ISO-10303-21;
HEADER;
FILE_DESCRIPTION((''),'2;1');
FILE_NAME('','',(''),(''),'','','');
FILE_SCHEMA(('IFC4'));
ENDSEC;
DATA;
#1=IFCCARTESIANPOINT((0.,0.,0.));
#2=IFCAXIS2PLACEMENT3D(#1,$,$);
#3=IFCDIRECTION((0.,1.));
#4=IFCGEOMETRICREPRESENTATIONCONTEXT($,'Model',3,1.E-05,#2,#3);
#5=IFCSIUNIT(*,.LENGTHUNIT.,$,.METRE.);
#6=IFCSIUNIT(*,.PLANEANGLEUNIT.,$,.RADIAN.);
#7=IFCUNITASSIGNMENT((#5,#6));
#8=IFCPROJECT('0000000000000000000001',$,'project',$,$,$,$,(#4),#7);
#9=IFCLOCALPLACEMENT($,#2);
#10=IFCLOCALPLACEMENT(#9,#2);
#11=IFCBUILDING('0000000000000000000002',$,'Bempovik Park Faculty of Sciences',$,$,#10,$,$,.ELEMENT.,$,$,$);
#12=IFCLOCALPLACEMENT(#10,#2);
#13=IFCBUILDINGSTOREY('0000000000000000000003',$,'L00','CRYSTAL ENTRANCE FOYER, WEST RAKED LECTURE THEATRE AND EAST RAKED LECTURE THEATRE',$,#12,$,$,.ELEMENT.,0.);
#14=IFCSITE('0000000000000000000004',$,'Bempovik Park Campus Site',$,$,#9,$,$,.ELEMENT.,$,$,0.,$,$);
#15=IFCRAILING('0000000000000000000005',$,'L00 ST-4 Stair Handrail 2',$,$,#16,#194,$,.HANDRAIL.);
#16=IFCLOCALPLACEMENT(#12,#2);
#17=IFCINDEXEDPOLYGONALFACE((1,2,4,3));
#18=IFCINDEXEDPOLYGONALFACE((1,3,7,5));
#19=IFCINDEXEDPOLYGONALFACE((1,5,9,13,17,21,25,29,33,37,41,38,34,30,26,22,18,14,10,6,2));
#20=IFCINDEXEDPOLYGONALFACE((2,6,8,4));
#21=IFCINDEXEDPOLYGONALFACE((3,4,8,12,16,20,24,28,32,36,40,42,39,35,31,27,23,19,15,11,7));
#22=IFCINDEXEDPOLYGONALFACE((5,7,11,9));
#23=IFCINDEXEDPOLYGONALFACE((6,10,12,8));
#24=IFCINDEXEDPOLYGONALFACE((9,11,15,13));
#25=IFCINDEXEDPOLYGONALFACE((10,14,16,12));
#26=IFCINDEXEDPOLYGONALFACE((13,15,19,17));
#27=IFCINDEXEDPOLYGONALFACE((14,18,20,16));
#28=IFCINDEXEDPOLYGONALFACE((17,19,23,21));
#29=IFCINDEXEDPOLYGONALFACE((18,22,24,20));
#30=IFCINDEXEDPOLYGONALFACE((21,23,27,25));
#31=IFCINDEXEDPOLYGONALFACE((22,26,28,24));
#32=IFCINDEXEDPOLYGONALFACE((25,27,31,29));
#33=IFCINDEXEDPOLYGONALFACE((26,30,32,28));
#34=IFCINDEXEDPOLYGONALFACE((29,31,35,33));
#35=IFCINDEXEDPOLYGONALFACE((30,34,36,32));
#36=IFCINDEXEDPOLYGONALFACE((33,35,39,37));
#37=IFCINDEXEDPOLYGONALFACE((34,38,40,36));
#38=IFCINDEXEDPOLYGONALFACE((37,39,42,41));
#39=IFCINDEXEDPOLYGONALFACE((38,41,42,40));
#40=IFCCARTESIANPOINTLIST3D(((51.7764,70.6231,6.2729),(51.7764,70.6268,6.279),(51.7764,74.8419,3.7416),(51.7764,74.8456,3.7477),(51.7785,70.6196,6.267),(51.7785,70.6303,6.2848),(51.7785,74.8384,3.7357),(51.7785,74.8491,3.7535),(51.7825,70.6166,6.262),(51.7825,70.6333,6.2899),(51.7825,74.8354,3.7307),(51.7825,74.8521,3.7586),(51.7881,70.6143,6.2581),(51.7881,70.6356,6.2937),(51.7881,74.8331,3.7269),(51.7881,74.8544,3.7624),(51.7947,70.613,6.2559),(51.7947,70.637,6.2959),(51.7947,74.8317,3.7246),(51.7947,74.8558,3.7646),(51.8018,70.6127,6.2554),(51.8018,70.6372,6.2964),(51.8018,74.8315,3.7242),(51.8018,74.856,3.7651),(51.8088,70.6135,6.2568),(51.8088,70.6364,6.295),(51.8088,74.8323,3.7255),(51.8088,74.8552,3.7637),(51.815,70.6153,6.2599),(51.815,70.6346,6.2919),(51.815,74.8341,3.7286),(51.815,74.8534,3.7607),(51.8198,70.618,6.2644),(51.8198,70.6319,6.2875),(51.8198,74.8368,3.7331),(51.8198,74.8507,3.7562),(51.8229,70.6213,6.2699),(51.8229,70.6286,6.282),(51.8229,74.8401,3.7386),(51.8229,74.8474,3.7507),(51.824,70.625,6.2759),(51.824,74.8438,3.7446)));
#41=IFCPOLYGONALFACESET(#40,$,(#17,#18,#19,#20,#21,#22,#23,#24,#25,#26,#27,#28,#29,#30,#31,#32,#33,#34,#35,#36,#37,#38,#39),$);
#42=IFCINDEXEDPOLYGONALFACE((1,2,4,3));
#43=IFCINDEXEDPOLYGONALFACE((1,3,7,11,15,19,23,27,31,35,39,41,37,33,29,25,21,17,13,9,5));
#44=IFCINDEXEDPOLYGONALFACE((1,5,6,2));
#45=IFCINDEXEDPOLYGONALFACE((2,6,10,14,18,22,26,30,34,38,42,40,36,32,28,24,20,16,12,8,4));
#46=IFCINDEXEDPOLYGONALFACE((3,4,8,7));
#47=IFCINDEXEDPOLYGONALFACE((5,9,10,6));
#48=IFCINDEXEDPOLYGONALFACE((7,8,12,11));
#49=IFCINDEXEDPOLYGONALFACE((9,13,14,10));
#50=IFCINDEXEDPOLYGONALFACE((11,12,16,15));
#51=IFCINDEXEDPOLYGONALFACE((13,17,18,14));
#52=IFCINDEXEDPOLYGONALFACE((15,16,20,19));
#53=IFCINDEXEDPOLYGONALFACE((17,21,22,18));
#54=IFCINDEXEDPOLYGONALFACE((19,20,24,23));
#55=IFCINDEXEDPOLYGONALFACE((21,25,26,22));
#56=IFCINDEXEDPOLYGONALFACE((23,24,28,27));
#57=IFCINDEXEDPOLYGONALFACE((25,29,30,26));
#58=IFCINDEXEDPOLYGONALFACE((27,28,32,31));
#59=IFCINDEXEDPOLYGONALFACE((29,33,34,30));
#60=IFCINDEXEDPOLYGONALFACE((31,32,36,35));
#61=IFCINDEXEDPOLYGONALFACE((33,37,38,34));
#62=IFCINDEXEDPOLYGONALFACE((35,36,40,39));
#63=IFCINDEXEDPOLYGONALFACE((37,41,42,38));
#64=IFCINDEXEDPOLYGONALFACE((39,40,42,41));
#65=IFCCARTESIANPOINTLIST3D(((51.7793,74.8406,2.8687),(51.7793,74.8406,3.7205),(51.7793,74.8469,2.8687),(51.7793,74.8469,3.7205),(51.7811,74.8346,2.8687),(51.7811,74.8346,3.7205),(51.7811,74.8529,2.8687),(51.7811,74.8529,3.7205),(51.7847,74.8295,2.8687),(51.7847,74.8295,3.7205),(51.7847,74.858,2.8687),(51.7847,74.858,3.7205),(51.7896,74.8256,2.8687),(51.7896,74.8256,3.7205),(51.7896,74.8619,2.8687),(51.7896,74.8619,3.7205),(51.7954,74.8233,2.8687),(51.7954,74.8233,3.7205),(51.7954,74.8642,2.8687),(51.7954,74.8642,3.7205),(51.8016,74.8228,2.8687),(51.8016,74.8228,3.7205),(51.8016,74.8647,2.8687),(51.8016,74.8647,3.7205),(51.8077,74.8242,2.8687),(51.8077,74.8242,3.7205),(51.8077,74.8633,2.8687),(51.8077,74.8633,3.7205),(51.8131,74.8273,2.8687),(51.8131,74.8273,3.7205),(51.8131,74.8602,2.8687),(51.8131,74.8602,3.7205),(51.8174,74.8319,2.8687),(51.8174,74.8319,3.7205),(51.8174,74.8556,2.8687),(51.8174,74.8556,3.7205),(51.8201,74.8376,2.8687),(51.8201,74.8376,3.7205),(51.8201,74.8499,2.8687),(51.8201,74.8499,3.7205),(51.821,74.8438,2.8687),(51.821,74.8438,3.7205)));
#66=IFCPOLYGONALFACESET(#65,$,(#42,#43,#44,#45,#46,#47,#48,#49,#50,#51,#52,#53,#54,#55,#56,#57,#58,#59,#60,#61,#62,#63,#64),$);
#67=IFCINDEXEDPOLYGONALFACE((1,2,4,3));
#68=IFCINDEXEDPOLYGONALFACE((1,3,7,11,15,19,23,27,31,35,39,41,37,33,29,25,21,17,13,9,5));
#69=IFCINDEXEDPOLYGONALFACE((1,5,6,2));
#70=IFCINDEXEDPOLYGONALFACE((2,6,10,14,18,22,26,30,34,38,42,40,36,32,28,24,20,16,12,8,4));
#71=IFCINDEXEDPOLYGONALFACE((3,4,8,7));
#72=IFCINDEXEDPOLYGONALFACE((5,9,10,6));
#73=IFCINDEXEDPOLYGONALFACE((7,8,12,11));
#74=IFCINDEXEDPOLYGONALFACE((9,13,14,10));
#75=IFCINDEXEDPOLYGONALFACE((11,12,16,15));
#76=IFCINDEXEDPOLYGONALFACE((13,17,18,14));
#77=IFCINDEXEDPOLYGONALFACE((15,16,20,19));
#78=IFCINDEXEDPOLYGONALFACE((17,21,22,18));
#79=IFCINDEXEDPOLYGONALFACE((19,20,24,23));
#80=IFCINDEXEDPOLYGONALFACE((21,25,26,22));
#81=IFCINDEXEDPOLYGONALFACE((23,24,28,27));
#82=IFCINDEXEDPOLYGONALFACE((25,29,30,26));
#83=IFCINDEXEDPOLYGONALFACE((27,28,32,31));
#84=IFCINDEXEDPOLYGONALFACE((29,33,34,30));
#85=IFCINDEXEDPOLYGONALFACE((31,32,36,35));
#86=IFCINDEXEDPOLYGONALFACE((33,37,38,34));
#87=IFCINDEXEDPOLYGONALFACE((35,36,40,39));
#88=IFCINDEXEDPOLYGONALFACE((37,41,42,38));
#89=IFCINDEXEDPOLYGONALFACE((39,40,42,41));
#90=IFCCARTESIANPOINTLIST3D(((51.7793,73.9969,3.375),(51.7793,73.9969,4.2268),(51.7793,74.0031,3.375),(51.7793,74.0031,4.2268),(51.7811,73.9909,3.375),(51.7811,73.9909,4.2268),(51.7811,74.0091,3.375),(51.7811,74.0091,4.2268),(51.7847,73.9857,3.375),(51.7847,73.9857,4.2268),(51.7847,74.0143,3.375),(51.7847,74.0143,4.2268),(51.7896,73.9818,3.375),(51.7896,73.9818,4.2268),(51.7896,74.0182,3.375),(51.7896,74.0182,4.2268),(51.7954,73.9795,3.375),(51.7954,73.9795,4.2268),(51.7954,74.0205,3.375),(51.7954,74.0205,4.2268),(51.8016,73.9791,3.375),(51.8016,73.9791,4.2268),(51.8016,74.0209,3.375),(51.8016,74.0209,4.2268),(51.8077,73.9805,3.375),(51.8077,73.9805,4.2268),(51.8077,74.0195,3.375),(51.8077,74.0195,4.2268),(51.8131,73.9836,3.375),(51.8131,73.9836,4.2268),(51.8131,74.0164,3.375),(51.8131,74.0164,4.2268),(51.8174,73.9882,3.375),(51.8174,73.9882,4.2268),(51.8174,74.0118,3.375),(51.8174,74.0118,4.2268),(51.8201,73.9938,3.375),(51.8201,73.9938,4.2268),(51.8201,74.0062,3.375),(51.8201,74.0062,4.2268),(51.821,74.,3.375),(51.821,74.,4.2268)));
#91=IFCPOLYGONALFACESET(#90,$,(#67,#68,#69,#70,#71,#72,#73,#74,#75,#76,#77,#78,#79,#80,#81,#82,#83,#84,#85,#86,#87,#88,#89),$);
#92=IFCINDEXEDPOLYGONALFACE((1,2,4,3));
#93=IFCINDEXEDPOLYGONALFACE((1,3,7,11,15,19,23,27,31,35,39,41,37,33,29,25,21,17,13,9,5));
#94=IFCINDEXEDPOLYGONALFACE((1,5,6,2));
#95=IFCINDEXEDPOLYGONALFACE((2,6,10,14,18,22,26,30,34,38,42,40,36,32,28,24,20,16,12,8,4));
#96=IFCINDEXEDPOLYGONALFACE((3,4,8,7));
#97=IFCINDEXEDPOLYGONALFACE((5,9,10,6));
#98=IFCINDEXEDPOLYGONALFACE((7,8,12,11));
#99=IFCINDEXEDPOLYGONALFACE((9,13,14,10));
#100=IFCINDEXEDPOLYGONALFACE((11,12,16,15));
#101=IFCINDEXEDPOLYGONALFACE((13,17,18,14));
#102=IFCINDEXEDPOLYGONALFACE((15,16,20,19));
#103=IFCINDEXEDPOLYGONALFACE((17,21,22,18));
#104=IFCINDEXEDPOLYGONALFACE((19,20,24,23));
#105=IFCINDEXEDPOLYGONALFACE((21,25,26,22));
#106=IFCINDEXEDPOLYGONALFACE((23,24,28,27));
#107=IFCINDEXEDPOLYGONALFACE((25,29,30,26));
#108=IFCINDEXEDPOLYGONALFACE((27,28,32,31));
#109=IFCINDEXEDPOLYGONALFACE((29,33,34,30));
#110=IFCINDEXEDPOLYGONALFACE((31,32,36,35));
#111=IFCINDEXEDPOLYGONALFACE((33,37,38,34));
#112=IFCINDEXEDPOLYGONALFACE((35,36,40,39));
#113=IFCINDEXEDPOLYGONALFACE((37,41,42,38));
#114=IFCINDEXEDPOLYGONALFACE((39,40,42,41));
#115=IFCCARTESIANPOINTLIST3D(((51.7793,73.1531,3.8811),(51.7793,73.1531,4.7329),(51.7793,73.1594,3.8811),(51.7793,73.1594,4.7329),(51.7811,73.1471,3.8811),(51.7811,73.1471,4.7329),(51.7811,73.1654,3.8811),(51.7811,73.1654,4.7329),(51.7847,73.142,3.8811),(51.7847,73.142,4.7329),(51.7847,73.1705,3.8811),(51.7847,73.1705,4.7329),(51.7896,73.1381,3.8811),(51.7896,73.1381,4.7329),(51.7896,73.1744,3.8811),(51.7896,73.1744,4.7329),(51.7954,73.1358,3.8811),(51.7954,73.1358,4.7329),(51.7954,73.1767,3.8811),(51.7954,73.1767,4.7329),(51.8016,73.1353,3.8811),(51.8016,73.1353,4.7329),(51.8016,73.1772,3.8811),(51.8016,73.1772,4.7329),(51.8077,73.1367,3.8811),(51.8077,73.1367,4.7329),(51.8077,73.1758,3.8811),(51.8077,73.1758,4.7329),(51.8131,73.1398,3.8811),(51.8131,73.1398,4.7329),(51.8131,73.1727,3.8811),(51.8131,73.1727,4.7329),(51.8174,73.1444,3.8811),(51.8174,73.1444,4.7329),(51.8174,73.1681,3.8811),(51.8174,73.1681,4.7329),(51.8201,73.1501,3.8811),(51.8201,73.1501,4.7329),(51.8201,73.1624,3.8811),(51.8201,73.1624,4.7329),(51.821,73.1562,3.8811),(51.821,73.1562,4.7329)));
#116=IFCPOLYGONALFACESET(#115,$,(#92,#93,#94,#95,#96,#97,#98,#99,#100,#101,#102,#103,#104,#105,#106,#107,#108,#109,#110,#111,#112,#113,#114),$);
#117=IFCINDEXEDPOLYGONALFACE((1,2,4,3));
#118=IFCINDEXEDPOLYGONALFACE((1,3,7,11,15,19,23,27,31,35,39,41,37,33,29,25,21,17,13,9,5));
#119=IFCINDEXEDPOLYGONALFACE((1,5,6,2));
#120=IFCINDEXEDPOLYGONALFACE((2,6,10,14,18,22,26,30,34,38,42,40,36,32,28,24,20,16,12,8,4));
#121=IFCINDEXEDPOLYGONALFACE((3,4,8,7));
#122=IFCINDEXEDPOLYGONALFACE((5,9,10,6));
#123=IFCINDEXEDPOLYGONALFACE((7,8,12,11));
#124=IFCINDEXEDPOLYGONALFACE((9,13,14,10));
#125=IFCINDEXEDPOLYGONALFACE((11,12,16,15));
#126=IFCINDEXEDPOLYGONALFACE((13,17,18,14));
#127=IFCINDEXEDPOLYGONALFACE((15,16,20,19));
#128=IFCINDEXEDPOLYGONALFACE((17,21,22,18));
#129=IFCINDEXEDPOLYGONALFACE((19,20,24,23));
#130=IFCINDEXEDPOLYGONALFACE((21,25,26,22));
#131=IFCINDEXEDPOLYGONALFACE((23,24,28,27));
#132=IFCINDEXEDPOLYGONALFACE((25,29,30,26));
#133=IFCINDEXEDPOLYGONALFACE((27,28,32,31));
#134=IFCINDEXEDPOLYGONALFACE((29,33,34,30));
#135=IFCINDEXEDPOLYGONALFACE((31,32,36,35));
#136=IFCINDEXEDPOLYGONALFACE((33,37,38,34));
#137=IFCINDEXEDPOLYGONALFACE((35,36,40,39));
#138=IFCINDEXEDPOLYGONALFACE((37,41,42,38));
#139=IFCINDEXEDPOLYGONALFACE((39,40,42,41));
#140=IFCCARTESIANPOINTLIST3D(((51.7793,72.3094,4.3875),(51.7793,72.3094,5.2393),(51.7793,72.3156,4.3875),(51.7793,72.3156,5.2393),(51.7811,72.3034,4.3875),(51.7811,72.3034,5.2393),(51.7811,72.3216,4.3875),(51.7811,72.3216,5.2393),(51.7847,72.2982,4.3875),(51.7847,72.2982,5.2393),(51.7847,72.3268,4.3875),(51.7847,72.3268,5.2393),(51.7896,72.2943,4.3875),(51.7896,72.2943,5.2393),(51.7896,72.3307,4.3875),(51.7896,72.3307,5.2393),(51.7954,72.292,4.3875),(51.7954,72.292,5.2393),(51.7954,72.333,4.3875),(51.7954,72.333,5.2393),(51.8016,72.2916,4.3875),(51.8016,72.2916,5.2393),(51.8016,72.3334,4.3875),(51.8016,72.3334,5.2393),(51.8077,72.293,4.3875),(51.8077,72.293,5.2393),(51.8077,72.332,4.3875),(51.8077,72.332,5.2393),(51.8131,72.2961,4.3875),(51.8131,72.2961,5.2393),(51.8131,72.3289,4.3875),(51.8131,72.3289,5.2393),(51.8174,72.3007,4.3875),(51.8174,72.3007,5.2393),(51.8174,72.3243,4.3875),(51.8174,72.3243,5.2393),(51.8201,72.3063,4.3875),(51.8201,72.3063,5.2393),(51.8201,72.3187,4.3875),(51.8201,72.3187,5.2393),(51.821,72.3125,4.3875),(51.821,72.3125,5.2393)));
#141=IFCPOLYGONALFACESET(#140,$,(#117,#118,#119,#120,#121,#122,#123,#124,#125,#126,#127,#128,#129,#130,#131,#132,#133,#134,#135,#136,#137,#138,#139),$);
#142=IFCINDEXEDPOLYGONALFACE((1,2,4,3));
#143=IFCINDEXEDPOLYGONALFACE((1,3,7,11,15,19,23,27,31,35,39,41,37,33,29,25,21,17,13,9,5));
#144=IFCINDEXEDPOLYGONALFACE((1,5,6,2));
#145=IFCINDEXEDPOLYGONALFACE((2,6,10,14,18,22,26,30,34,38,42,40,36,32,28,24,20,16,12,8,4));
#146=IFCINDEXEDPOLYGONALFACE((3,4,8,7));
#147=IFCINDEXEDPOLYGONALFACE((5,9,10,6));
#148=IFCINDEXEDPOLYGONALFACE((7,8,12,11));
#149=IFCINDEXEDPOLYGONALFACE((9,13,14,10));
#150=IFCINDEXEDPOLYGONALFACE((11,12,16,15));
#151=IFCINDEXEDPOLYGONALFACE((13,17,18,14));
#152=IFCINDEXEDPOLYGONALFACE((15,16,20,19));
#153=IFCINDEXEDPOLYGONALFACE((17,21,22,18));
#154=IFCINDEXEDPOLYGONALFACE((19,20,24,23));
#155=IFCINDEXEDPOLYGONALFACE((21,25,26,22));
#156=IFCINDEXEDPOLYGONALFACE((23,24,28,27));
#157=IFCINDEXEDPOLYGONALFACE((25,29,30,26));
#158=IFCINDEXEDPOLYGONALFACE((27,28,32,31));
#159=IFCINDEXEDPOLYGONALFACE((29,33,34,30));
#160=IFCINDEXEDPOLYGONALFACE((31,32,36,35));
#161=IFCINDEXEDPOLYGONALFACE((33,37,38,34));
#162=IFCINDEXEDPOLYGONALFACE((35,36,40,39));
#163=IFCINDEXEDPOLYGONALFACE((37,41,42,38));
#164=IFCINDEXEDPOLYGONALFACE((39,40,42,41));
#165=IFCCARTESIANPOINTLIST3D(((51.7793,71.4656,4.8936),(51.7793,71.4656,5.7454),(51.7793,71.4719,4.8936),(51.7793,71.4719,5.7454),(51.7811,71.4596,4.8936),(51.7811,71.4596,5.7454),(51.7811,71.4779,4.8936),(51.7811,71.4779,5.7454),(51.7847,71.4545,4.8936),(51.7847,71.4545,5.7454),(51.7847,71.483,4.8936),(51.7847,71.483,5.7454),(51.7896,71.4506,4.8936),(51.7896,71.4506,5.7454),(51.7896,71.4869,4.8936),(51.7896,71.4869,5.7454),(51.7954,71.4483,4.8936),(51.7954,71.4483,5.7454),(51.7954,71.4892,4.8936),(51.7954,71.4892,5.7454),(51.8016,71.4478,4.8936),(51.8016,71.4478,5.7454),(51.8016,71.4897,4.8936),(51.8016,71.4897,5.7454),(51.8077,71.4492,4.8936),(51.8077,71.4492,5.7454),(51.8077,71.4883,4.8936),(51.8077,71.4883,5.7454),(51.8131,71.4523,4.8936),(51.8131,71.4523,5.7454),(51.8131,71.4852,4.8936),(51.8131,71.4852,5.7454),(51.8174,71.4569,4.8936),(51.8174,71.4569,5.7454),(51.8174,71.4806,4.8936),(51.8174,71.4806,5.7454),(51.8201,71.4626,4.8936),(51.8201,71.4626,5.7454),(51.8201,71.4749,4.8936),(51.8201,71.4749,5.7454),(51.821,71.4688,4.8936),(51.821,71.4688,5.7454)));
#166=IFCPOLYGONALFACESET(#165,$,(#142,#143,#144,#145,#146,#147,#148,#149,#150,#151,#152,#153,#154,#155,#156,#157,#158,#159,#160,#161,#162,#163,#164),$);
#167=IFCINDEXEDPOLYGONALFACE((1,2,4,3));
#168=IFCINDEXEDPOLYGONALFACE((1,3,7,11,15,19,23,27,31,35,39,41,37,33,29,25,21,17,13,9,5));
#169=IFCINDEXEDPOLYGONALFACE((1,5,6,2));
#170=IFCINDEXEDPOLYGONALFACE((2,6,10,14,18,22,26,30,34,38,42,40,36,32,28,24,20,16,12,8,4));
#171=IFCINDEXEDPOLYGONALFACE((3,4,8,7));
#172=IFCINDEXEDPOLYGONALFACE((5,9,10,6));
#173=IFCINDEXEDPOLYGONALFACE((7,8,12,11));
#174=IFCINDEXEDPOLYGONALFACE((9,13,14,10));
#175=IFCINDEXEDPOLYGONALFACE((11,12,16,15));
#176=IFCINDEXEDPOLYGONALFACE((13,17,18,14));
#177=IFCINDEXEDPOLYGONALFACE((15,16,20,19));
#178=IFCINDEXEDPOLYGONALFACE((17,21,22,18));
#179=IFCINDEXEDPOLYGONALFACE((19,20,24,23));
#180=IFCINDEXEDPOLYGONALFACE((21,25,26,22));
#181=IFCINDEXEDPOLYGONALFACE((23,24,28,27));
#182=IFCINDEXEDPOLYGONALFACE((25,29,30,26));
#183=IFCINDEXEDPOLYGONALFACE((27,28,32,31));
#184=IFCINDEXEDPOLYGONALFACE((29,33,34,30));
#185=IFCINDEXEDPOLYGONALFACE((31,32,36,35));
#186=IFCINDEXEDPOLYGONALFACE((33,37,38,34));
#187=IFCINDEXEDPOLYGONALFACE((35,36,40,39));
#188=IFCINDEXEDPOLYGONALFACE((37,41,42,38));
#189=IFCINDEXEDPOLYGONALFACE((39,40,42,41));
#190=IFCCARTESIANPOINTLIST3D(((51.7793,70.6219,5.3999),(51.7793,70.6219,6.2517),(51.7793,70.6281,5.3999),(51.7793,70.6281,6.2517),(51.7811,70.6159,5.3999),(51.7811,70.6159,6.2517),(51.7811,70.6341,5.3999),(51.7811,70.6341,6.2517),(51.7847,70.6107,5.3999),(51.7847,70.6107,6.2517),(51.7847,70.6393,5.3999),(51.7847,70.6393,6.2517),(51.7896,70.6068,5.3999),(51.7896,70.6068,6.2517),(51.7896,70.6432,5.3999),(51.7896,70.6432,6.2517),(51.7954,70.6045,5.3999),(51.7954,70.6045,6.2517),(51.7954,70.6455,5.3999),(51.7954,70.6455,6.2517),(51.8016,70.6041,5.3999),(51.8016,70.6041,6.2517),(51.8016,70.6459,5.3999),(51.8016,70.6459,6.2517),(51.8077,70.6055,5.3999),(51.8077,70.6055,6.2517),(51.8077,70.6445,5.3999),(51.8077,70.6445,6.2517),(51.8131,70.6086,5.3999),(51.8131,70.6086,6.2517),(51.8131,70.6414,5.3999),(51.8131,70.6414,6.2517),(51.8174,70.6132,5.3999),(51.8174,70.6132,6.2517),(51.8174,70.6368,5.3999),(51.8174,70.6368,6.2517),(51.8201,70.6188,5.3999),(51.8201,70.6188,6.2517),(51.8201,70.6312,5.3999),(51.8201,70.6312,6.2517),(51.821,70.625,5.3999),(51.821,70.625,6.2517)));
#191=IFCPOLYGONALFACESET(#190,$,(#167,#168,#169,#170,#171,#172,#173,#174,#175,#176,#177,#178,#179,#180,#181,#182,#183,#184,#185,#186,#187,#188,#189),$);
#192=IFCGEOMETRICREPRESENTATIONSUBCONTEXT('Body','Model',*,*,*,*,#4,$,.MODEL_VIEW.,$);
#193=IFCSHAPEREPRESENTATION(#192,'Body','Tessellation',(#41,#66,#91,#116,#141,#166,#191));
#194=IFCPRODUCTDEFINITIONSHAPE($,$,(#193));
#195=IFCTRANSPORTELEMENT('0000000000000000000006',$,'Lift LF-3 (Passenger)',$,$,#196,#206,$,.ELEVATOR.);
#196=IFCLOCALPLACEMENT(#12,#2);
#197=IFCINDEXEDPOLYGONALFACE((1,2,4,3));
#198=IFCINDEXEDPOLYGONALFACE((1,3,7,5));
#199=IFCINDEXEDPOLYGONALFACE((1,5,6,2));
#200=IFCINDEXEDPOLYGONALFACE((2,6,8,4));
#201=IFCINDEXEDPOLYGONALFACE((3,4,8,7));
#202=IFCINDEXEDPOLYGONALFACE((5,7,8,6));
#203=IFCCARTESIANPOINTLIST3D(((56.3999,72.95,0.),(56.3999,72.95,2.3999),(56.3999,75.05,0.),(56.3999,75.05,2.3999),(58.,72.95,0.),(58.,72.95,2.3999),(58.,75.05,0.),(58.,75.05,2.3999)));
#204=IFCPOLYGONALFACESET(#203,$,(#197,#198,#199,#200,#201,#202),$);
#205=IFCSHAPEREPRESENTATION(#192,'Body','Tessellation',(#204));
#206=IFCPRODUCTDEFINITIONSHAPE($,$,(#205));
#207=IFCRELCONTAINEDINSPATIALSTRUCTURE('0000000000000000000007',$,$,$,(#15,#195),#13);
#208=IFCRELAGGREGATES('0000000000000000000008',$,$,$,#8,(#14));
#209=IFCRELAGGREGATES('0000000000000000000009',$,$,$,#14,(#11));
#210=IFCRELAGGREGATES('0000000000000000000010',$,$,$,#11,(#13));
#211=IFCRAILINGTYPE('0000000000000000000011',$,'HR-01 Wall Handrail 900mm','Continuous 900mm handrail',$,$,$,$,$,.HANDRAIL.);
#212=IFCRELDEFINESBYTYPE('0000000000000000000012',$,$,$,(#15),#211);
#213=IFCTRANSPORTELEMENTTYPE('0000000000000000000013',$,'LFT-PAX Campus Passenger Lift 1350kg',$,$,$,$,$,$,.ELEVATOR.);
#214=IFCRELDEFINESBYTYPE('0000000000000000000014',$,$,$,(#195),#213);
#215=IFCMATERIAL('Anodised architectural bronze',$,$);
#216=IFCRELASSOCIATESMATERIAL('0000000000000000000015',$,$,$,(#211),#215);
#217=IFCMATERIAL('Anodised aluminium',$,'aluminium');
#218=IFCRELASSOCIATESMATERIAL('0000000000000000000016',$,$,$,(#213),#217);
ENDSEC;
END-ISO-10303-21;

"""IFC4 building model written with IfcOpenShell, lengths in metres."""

from ifc_helpers import new_model, si_unit, direction, frame, origin, origin_2d, place, context, subcontext, project, spatial, rectangle, circle, extrude, material, type_object, element, save


model = new_model("IFC4")

# Units and contexts
model_context = context("Model", 3, precision=1e-05, world=origin(), true_north=direction((0.0, 1.0)))
body_context = subcontext(model_context, "Body", "Model", "MODEL_VIEW")
ifc_project = project(units=[si_unit("LENGTHUNIT", "METRE"), si_unit("PLANEANGLEUNIT", "RADIAN")], contexts=[model_context])

# Site, building, storey
site_placement = place(None, origin())
site = spatial("IfcSite", under=ifc_project, at=site_placement, Name="Bempovik Park Campus Site", CompositionType="ELEMENT", RefElevation=0.0)
building_placement = place(site_placement, origin())
building = spatial("IfcBuilding", under=site, at=building_placement, Name="Bempovik Park Faculty of Sciences", CompositionType="ELEMENT")
storey_placement = place(building_placement, origin())
storey = spatial("IfcBuildingStorey", under=building, at=storey_placement, Name="L00", Description="CRYSTAL ENTRANCE FOYER, WEST RAKED LECTURE THEATRE AND EAST RAKED LECTURE THEATRE", CompositionType="ELEMENT", Elevation=0.0)

# Shared definitions
ifc_material_1 = material(Name="Anodised aluminium", Category="aluminium")

# Railing
ifc_material_2 = material(Name="Anodised architectural bronze")
railing_type_1 = type_object("IfcRailingType", Name="HR-01 Wall Handrail 900mm", Description="Continuous 900mm handrail", PredefinedType="HANDRAIL", material=ifc_material_2)
railing_1_placement = place(storey_placement, frame((51.8, 74.8438, 2.8687)))
element("IfcRailing", 1, at=railing_1_placement, inside=storey, type_object=railing_type_1, Name="L00 ST-4 Stair Handrail 2", PredefinedType="HANDRAIL", context=body_context, shape_type="SweptSolid", body=[
    extrude(circle(Radius=0.0239, at=origin_2d()), frame((0.0, 0.0, 0.876), z_axis=(0.0, -0.857493, 0.514496), x_axis=(1.0, 0.0, 0.0)), (0.0, 0.0, 1.0), 4.9199),
    extrude(circle(Radius=0.021, at=origin_2d()), origin(), (0.0, 0.0, 1.0), 0.8518),
    extrude(circle(Radius=0.021, at=origin_2d()), frame((0.0, -0.8438, 0.5063)), (0.0, 0.0, 1.0), 0.8518),
    extrude(circle(Radius=0.021, at=origin_2d()), frame((0.0, -1.6875, 1.0125)), (0.0, 0.0, 1.0), 0.8518),
    extrude(circle(Radius=0.021, at=origin_2d()), frame((0.0, -2.5312, 1.5188)), (0.0, 0.0, 1.0), 0.8518),
    extrude(circle(Radius=0.021, at=origin_2d()), frame((0.0, -3.375, 2.0249)), (0.0, 0.0, 1.0), 0.8518),
    extrude(circle(Radius=0.021, at=origin_2d()), frame((0.0, -4.2188, 2.5312)), (0.0, 0.0, 1.0), 0.8518),
])

# Transport element
transport_element_type = type_object("IfcTransportElementType", Name="LFT-PAX Campus Passenger Lift 1350kg", PredefinedType="ELEVATOR", material=ifc_material_1)
transport_element_placement = place(storey_placement, frame((57.2, 74.0, 0.0), z_axis=(0.0, 0.0, 1.0), x_axis=(1.0, 0.0, 0.0)))
element("IfcTransportElement", 2, at=transport_element_placement, inside=storey, type_object=transport_element_type, Name="Lift LF-3 (Passenger)", PredefinedType="ELEVATOR", context=body_context, shape_type="SweptSolid", body=[
    extrude(rectangle(XDim=1.6001, YDim=2.1001, at=origin_2d()), origin(), (0.0, 0.0, 1.0), 2.3999),
])

save(model, "model.ifc")
